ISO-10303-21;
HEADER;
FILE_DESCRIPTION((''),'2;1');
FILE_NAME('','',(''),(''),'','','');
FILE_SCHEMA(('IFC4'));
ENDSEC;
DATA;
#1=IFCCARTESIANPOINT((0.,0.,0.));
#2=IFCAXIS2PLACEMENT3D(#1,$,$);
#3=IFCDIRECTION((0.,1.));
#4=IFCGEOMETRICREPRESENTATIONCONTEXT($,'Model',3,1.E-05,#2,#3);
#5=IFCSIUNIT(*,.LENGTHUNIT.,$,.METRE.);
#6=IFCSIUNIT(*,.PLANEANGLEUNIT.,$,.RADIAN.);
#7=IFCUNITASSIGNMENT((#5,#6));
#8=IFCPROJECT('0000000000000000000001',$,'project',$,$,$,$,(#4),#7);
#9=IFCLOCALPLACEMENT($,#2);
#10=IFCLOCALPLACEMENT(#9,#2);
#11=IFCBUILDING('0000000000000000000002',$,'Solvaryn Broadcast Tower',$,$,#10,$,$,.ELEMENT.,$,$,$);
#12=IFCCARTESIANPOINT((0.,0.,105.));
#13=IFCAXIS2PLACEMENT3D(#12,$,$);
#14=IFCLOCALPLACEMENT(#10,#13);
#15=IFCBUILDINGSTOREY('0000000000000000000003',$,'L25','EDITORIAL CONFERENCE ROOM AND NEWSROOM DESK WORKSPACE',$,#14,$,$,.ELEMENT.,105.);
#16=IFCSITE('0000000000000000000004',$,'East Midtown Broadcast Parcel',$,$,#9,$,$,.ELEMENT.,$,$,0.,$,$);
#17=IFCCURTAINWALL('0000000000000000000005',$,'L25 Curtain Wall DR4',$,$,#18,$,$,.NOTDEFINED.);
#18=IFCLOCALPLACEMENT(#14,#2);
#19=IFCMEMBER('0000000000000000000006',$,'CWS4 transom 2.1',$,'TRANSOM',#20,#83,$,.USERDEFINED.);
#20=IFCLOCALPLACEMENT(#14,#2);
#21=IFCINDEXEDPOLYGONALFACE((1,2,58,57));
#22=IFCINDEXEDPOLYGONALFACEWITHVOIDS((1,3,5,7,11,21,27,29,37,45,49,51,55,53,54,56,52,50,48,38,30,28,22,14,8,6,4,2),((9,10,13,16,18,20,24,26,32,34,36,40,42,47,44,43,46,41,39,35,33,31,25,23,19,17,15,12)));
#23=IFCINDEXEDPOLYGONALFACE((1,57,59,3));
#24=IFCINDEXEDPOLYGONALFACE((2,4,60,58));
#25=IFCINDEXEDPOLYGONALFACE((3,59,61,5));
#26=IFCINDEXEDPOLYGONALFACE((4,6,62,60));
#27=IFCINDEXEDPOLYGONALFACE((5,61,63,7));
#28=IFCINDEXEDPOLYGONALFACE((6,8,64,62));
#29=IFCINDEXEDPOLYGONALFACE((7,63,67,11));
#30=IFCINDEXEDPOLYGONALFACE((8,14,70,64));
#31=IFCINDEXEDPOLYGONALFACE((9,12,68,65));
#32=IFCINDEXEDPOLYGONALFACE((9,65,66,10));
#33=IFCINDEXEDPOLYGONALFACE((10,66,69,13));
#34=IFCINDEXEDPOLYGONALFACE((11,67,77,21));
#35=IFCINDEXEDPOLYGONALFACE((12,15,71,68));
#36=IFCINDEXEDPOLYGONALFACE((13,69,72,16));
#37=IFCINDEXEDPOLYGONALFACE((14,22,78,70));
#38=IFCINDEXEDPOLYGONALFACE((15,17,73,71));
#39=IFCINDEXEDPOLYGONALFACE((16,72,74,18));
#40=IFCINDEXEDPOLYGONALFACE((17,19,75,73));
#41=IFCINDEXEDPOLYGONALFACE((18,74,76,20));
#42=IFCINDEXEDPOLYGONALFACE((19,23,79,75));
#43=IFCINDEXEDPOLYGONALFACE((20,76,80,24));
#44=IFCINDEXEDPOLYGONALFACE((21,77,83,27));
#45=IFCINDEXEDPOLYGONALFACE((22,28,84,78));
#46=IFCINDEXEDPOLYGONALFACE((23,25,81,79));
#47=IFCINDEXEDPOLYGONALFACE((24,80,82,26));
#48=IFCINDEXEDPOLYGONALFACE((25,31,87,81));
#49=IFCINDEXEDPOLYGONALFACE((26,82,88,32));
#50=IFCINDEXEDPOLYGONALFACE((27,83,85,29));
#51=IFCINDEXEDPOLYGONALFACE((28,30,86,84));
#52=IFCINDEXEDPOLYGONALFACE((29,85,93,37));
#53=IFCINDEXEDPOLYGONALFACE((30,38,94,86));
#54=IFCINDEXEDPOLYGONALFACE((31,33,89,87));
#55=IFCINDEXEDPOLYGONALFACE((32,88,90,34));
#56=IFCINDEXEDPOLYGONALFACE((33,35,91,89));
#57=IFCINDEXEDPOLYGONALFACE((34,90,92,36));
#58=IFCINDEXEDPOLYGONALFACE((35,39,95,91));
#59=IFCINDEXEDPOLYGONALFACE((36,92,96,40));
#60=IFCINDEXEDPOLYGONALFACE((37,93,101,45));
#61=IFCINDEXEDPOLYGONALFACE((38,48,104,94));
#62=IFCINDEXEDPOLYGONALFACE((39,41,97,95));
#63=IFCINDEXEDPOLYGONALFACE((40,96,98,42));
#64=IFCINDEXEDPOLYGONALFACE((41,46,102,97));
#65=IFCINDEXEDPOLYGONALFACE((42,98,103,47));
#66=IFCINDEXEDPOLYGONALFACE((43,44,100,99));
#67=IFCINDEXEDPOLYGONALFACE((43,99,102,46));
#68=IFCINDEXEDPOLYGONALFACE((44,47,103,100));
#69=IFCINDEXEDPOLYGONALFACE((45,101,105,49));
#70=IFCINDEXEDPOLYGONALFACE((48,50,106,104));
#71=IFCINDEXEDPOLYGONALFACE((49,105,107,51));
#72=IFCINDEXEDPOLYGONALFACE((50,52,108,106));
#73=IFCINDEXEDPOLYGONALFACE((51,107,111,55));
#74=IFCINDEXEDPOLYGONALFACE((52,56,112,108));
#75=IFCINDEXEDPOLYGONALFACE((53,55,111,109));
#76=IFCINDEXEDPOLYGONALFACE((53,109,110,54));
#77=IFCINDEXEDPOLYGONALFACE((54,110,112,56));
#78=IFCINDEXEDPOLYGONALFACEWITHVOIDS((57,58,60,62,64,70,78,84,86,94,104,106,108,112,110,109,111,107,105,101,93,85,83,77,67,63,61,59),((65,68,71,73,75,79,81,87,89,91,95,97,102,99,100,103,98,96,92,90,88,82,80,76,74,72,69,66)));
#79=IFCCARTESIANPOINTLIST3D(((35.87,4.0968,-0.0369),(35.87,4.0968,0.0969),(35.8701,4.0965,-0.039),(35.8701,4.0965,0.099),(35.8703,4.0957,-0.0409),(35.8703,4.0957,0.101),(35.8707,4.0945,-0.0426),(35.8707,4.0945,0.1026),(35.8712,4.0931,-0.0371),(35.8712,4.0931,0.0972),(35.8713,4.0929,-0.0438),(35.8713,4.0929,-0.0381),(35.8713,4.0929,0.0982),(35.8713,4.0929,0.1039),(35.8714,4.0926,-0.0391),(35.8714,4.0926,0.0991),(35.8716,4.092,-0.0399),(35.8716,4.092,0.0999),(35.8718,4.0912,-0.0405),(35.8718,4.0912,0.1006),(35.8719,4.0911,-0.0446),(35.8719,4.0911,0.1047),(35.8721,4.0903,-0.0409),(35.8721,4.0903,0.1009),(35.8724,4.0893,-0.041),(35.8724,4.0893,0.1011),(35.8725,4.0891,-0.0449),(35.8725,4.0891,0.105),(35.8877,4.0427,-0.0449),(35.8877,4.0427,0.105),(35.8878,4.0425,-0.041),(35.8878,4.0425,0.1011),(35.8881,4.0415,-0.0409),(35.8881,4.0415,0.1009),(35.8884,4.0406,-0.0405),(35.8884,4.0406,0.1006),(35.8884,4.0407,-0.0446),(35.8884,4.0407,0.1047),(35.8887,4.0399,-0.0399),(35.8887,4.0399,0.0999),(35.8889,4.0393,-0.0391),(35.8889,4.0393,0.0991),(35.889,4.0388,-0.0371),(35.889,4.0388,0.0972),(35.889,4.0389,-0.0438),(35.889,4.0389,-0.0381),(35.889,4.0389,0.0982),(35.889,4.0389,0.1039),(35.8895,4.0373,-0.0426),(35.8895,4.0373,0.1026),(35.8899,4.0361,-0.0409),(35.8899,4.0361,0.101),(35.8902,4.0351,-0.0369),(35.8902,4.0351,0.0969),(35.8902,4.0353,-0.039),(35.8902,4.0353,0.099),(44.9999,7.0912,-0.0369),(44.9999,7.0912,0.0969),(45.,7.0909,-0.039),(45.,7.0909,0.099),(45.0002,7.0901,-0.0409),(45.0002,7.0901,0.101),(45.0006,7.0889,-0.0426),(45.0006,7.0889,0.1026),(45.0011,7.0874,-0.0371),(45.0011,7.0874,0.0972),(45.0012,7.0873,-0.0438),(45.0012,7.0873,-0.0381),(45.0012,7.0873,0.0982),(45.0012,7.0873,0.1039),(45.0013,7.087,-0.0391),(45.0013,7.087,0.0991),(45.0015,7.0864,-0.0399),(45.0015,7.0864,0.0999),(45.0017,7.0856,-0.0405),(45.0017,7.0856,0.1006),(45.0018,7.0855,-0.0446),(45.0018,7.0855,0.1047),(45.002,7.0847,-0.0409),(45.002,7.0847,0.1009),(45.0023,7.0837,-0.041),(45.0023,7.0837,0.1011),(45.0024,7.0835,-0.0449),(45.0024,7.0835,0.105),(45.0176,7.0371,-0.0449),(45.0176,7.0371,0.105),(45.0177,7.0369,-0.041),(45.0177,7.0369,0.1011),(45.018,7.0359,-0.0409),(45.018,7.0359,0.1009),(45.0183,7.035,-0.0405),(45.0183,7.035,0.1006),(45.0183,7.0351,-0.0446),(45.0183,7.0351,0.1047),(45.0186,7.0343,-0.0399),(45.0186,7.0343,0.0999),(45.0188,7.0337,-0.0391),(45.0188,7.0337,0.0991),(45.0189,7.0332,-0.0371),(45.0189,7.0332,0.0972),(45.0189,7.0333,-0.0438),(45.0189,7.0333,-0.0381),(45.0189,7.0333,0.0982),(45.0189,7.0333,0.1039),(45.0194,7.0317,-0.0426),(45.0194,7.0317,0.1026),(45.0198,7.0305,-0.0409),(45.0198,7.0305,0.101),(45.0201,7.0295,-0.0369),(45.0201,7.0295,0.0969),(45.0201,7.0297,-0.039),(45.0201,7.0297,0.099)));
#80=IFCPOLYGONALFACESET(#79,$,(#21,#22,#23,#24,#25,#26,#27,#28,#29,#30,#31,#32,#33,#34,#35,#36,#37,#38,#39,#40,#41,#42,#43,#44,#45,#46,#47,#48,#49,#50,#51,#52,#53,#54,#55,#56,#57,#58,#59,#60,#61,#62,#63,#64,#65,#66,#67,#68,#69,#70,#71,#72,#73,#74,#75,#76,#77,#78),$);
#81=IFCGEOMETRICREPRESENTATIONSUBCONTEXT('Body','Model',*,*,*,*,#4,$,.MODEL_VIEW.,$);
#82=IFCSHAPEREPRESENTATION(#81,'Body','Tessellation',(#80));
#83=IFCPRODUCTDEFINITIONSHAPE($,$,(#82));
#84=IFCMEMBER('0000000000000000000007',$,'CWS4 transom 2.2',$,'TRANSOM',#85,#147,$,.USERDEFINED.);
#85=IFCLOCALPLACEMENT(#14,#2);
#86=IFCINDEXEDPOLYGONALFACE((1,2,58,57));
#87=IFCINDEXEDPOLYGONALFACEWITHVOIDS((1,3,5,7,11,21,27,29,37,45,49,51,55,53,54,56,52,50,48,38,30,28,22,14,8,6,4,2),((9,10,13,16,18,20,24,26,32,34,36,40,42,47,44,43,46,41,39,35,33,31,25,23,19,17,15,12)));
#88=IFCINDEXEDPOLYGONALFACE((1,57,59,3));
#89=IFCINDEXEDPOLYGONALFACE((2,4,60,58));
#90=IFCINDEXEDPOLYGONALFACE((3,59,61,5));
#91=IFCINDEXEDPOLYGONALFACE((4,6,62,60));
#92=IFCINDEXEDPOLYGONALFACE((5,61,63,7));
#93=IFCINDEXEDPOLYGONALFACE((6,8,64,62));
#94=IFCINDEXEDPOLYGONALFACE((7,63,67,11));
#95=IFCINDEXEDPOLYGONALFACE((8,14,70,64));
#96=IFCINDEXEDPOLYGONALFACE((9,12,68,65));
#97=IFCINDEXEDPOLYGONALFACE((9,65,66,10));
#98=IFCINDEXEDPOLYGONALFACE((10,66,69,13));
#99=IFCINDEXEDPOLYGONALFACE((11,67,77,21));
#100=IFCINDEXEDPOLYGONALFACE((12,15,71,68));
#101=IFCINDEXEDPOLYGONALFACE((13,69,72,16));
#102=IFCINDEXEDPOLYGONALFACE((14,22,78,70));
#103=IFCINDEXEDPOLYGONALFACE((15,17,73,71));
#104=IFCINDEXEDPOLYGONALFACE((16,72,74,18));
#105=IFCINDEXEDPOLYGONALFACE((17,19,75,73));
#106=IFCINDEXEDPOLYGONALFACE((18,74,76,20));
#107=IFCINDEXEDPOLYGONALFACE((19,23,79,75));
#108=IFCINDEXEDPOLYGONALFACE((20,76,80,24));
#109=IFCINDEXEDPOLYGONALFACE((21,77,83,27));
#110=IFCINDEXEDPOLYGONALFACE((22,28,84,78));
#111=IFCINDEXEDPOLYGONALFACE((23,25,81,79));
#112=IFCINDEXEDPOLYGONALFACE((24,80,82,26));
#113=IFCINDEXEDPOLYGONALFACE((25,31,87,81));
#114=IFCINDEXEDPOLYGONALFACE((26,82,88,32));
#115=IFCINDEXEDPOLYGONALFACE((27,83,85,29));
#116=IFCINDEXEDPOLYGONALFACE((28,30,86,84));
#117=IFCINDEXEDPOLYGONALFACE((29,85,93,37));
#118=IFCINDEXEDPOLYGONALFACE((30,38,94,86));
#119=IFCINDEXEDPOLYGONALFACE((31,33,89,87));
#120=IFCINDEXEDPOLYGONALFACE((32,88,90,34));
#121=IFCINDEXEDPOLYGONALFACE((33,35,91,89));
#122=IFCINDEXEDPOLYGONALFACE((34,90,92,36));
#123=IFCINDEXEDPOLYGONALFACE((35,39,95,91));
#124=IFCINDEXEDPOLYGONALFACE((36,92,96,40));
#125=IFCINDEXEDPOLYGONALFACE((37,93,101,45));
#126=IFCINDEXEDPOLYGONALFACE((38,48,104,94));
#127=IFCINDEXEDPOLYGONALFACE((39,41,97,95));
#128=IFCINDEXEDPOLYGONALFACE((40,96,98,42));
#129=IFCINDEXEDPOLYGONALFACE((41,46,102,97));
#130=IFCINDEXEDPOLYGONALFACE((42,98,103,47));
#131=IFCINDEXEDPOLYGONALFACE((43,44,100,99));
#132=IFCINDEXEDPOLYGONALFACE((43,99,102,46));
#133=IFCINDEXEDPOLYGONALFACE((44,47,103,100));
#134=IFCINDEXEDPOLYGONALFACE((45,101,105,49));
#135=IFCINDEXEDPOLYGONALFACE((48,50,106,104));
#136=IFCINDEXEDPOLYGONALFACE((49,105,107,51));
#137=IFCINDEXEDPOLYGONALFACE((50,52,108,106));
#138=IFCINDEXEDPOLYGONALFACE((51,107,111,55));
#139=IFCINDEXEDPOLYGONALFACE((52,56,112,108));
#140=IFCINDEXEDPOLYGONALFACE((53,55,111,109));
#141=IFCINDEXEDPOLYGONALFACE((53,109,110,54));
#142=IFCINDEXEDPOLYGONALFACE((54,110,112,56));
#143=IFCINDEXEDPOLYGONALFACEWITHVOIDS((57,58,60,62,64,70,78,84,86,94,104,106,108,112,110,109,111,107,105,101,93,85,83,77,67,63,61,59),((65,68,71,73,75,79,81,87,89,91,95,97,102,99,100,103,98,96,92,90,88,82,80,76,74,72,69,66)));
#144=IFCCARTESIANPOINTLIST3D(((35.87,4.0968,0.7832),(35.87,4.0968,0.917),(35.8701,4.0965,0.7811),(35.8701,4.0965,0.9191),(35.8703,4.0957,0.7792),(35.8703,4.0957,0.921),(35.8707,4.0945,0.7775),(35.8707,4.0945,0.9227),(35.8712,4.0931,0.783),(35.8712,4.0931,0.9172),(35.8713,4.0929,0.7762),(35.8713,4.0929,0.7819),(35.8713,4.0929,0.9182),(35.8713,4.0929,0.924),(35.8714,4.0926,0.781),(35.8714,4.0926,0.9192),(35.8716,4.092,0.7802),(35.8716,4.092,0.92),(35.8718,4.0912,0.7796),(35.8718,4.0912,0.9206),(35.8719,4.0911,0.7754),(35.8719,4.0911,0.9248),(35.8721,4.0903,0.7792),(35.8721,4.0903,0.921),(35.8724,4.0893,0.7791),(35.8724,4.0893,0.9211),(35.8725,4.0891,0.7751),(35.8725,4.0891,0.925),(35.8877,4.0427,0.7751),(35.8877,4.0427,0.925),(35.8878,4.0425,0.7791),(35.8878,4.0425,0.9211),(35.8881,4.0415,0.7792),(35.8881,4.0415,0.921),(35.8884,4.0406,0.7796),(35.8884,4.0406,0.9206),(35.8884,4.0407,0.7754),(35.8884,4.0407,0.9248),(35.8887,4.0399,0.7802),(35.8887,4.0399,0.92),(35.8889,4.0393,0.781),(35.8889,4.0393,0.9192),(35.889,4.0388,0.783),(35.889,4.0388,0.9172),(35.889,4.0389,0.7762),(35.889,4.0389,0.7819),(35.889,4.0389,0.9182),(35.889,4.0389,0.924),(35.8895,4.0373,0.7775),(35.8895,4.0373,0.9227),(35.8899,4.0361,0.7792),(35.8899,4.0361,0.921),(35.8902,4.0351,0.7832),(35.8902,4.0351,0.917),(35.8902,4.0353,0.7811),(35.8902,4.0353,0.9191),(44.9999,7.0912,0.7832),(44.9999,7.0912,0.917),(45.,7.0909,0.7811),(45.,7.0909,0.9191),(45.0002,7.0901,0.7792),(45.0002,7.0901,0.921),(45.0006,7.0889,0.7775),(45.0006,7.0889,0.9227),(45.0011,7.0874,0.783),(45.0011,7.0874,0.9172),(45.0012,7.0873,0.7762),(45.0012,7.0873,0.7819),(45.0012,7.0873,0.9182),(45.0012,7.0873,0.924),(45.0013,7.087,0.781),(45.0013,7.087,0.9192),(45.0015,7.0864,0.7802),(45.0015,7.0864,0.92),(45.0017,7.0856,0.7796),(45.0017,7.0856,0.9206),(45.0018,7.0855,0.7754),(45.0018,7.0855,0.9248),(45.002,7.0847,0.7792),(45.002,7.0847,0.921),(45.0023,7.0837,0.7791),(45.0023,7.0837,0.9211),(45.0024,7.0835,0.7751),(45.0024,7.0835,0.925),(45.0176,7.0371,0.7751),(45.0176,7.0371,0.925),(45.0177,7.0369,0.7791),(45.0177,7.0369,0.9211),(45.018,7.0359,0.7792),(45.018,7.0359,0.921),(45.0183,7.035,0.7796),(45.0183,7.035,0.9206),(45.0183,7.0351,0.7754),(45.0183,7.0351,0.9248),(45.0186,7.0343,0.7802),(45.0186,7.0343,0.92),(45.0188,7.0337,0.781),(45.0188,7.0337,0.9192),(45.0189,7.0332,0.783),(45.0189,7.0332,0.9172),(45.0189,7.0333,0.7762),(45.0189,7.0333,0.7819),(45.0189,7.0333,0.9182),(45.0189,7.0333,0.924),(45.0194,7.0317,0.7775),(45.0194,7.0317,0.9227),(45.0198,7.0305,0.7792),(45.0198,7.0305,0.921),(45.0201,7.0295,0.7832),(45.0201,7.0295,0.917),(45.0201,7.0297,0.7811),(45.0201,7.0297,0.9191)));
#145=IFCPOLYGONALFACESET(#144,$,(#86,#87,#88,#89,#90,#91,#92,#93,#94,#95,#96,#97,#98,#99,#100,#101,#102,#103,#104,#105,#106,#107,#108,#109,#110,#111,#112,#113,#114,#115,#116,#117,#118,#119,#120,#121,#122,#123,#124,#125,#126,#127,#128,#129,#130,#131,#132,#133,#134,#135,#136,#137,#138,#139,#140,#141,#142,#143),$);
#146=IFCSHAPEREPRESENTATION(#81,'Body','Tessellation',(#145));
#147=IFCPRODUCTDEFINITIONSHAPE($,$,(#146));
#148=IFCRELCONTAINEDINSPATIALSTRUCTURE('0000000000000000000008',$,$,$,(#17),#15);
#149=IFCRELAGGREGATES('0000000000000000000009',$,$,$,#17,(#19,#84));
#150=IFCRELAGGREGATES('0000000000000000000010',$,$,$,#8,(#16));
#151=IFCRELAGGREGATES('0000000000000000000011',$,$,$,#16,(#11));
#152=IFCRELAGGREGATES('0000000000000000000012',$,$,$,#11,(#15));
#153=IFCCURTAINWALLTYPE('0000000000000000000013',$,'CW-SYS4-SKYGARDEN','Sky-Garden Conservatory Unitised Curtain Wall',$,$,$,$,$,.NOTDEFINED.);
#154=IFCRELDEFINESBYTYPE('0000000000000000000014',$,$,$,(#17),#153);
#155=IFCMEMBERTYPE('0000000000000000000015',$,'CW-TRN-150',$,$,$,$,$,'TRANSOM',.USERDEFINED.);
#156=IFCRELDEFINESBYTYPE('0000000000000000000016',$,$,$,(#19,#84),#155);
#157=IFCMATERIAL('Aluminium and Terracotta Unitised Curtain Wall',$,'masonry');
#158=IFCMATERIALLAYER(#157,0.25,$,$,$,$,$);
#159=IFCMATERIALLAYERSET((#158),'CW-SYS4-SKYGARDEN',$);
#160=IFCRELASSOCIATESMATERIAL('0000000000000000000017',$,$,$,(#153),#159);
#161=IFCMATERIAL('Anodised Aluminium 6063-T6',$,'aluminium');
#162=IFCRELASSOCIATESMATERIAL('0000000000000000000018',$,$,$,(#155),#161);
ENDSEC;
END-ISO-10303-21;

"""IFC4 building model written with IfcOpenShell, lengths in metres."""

from ifc_helpers import new_model, si_unit, direction, frame, origin, origin_2d, place, context, subcontext, project, spatial, hollow_rectangle, extrude, material, layer, layer_set, material_profile, profile_set, type_object, element, aggregate, save


model = new_model("IFC4")

# Units and contexts
model_context = context("Model", 3, precision=1e-05, world=origin(), true_north=direction((0.0, 1.0)))
body_context = subcontext(model_context, "Body", "Model", "MODEL_VIEW")
ifc_project = project(units=[si_unit("LENGTHUNIT", "METRE"), si_unit("PLANEANGLEUNIT", "RADIAN")], contexts=[model_context])

# Site, building, storey
site_placement = place(None, origin())
site = spatial("IfcSite", under=ifc_project, at=site_placement, Name="East Midtown Broadcast Parcel", CompositionType="ELEMENT", RefElevation=0.0)
building_placement = place(site_placement, origin())
building = spatial("IfcBuilding", under=site, at=building_placement, Name="Solvaryn Broadcast Tower", CompositionType="ELEMENT")
storey_placement = place(building_placement, frame((0.0, 0.0, 105.0)))
storey = spatial("IfcBuildingStorey", under=building, at=storey_placement, Name="L25", Description="EDITORIAL CONFERENCE ROOM AND NEWSROOM DESK WORKSPACE", CompositionType="ELEMENT", Elevation=105.0)

# Shared definitions
ifc_material_1 = material(Name="Aluminium and Terracotta Unitised Curtain Wall", Category="masonry")
ifc_layer_1 = layer(ifc_material_1, 0.25)
ifc_layer_set_1 = layer_set([ifc_layer_1], Name="CW-SYS4-SKYGARDEN")
curtain_wall_type = type_object("IfcCurtainWallType", Name="CW-SYS4-SKYGARDEN", Description="Sky-Garden Conservatory Unitised Curtain Wall", PredefinedType="NOTDEFINED", material=ifc_layer_set_1)

# Curtain wall, members
curtain_wall_1_placement = place(storey_placement, origin())
curtain_wall_1 = element("IfcCurtainWall", 1, at=curtain_wall_1_placement, inside=storey, type_object=curtain_wall_type, Name="L25 Curtain Wall DR4", PredefinedType="NOTDEFINED")
ifc_material_2 = material(Name="Anodised Aluminium 6063-T6", Category="aluminium")
ifc_material_profile_1 = material_profile(ifc_material_2, hollow_rectangle(XDim=0.0649, YDim=0.1499, WallThickness=0.0039, InnerFilletRadius=0.0039, OuterFilletRadius=0.0081, at=origin_2d()))
ifc_profile_set_1 = profile_set([ifc_material_profile_1], Name="Anodised Aluminium 6063-T6")
member_type_1 = type_object("IfcMemberType", Name="CW-TRN-150", ElementType="TRANSOM", PredefinedType="USERDEFINED", material=ifc_profile_set_1)
member_1_placement = place(storey_placement, frame((35.8801, 4.0659, 0.03), z_axis=(0.950199, 0.311643, 0.0), x_axis=(-0.311643, 0.950199, 0.0)))
member_1 = element("IfcMember", 2, at=member_1_placement, type_object=member_type_1, Name="CWS4 transom 2.1", ObjectType="TRANSOM", PredefinedType="USERDEFINED", context=body_context, shape_type="SweptSolid", body=[
    extrude(hollow_rectangle(XDim=0.0649, YDim=0.1499, WallThickness=0.0039, InnerFilletRadius=0.0039, OuterFilletRadius=0.0081, at=origin_2d()), origin(), (0.0, 0.0, 1.0), 9.6084),
])
member_2_placement = place(storey_placement, frame((35.8801, 4.0659, 0.8501), z_axis=(0.950199, 0.311643, 0.0), x_axis=(-0.311643, 0.950199, 0.0)))
member_2 = element("IfcMember", 3, at=member_2_placement, type_object=member_type_1, Name="CWS4 transom 2.2", ObjectType="TRANSOM", PredefinedType="USERDEFINED", context=body_context, shape_type="SweptSolid", body=[
    extrude(hollow_rectangle(XDim=0.0649, YDim=0.1499, WallThickness=0.0039, InnerFilletRadius=0.0039, OuterFilletRadius=0.0081, at=origin_2d()), origin(), (0.0, 0.0, 1.0), 9.6084),
])

aggregate(curtain_wall_1, [member_1, member_2])

save(model, "model.ifc")
